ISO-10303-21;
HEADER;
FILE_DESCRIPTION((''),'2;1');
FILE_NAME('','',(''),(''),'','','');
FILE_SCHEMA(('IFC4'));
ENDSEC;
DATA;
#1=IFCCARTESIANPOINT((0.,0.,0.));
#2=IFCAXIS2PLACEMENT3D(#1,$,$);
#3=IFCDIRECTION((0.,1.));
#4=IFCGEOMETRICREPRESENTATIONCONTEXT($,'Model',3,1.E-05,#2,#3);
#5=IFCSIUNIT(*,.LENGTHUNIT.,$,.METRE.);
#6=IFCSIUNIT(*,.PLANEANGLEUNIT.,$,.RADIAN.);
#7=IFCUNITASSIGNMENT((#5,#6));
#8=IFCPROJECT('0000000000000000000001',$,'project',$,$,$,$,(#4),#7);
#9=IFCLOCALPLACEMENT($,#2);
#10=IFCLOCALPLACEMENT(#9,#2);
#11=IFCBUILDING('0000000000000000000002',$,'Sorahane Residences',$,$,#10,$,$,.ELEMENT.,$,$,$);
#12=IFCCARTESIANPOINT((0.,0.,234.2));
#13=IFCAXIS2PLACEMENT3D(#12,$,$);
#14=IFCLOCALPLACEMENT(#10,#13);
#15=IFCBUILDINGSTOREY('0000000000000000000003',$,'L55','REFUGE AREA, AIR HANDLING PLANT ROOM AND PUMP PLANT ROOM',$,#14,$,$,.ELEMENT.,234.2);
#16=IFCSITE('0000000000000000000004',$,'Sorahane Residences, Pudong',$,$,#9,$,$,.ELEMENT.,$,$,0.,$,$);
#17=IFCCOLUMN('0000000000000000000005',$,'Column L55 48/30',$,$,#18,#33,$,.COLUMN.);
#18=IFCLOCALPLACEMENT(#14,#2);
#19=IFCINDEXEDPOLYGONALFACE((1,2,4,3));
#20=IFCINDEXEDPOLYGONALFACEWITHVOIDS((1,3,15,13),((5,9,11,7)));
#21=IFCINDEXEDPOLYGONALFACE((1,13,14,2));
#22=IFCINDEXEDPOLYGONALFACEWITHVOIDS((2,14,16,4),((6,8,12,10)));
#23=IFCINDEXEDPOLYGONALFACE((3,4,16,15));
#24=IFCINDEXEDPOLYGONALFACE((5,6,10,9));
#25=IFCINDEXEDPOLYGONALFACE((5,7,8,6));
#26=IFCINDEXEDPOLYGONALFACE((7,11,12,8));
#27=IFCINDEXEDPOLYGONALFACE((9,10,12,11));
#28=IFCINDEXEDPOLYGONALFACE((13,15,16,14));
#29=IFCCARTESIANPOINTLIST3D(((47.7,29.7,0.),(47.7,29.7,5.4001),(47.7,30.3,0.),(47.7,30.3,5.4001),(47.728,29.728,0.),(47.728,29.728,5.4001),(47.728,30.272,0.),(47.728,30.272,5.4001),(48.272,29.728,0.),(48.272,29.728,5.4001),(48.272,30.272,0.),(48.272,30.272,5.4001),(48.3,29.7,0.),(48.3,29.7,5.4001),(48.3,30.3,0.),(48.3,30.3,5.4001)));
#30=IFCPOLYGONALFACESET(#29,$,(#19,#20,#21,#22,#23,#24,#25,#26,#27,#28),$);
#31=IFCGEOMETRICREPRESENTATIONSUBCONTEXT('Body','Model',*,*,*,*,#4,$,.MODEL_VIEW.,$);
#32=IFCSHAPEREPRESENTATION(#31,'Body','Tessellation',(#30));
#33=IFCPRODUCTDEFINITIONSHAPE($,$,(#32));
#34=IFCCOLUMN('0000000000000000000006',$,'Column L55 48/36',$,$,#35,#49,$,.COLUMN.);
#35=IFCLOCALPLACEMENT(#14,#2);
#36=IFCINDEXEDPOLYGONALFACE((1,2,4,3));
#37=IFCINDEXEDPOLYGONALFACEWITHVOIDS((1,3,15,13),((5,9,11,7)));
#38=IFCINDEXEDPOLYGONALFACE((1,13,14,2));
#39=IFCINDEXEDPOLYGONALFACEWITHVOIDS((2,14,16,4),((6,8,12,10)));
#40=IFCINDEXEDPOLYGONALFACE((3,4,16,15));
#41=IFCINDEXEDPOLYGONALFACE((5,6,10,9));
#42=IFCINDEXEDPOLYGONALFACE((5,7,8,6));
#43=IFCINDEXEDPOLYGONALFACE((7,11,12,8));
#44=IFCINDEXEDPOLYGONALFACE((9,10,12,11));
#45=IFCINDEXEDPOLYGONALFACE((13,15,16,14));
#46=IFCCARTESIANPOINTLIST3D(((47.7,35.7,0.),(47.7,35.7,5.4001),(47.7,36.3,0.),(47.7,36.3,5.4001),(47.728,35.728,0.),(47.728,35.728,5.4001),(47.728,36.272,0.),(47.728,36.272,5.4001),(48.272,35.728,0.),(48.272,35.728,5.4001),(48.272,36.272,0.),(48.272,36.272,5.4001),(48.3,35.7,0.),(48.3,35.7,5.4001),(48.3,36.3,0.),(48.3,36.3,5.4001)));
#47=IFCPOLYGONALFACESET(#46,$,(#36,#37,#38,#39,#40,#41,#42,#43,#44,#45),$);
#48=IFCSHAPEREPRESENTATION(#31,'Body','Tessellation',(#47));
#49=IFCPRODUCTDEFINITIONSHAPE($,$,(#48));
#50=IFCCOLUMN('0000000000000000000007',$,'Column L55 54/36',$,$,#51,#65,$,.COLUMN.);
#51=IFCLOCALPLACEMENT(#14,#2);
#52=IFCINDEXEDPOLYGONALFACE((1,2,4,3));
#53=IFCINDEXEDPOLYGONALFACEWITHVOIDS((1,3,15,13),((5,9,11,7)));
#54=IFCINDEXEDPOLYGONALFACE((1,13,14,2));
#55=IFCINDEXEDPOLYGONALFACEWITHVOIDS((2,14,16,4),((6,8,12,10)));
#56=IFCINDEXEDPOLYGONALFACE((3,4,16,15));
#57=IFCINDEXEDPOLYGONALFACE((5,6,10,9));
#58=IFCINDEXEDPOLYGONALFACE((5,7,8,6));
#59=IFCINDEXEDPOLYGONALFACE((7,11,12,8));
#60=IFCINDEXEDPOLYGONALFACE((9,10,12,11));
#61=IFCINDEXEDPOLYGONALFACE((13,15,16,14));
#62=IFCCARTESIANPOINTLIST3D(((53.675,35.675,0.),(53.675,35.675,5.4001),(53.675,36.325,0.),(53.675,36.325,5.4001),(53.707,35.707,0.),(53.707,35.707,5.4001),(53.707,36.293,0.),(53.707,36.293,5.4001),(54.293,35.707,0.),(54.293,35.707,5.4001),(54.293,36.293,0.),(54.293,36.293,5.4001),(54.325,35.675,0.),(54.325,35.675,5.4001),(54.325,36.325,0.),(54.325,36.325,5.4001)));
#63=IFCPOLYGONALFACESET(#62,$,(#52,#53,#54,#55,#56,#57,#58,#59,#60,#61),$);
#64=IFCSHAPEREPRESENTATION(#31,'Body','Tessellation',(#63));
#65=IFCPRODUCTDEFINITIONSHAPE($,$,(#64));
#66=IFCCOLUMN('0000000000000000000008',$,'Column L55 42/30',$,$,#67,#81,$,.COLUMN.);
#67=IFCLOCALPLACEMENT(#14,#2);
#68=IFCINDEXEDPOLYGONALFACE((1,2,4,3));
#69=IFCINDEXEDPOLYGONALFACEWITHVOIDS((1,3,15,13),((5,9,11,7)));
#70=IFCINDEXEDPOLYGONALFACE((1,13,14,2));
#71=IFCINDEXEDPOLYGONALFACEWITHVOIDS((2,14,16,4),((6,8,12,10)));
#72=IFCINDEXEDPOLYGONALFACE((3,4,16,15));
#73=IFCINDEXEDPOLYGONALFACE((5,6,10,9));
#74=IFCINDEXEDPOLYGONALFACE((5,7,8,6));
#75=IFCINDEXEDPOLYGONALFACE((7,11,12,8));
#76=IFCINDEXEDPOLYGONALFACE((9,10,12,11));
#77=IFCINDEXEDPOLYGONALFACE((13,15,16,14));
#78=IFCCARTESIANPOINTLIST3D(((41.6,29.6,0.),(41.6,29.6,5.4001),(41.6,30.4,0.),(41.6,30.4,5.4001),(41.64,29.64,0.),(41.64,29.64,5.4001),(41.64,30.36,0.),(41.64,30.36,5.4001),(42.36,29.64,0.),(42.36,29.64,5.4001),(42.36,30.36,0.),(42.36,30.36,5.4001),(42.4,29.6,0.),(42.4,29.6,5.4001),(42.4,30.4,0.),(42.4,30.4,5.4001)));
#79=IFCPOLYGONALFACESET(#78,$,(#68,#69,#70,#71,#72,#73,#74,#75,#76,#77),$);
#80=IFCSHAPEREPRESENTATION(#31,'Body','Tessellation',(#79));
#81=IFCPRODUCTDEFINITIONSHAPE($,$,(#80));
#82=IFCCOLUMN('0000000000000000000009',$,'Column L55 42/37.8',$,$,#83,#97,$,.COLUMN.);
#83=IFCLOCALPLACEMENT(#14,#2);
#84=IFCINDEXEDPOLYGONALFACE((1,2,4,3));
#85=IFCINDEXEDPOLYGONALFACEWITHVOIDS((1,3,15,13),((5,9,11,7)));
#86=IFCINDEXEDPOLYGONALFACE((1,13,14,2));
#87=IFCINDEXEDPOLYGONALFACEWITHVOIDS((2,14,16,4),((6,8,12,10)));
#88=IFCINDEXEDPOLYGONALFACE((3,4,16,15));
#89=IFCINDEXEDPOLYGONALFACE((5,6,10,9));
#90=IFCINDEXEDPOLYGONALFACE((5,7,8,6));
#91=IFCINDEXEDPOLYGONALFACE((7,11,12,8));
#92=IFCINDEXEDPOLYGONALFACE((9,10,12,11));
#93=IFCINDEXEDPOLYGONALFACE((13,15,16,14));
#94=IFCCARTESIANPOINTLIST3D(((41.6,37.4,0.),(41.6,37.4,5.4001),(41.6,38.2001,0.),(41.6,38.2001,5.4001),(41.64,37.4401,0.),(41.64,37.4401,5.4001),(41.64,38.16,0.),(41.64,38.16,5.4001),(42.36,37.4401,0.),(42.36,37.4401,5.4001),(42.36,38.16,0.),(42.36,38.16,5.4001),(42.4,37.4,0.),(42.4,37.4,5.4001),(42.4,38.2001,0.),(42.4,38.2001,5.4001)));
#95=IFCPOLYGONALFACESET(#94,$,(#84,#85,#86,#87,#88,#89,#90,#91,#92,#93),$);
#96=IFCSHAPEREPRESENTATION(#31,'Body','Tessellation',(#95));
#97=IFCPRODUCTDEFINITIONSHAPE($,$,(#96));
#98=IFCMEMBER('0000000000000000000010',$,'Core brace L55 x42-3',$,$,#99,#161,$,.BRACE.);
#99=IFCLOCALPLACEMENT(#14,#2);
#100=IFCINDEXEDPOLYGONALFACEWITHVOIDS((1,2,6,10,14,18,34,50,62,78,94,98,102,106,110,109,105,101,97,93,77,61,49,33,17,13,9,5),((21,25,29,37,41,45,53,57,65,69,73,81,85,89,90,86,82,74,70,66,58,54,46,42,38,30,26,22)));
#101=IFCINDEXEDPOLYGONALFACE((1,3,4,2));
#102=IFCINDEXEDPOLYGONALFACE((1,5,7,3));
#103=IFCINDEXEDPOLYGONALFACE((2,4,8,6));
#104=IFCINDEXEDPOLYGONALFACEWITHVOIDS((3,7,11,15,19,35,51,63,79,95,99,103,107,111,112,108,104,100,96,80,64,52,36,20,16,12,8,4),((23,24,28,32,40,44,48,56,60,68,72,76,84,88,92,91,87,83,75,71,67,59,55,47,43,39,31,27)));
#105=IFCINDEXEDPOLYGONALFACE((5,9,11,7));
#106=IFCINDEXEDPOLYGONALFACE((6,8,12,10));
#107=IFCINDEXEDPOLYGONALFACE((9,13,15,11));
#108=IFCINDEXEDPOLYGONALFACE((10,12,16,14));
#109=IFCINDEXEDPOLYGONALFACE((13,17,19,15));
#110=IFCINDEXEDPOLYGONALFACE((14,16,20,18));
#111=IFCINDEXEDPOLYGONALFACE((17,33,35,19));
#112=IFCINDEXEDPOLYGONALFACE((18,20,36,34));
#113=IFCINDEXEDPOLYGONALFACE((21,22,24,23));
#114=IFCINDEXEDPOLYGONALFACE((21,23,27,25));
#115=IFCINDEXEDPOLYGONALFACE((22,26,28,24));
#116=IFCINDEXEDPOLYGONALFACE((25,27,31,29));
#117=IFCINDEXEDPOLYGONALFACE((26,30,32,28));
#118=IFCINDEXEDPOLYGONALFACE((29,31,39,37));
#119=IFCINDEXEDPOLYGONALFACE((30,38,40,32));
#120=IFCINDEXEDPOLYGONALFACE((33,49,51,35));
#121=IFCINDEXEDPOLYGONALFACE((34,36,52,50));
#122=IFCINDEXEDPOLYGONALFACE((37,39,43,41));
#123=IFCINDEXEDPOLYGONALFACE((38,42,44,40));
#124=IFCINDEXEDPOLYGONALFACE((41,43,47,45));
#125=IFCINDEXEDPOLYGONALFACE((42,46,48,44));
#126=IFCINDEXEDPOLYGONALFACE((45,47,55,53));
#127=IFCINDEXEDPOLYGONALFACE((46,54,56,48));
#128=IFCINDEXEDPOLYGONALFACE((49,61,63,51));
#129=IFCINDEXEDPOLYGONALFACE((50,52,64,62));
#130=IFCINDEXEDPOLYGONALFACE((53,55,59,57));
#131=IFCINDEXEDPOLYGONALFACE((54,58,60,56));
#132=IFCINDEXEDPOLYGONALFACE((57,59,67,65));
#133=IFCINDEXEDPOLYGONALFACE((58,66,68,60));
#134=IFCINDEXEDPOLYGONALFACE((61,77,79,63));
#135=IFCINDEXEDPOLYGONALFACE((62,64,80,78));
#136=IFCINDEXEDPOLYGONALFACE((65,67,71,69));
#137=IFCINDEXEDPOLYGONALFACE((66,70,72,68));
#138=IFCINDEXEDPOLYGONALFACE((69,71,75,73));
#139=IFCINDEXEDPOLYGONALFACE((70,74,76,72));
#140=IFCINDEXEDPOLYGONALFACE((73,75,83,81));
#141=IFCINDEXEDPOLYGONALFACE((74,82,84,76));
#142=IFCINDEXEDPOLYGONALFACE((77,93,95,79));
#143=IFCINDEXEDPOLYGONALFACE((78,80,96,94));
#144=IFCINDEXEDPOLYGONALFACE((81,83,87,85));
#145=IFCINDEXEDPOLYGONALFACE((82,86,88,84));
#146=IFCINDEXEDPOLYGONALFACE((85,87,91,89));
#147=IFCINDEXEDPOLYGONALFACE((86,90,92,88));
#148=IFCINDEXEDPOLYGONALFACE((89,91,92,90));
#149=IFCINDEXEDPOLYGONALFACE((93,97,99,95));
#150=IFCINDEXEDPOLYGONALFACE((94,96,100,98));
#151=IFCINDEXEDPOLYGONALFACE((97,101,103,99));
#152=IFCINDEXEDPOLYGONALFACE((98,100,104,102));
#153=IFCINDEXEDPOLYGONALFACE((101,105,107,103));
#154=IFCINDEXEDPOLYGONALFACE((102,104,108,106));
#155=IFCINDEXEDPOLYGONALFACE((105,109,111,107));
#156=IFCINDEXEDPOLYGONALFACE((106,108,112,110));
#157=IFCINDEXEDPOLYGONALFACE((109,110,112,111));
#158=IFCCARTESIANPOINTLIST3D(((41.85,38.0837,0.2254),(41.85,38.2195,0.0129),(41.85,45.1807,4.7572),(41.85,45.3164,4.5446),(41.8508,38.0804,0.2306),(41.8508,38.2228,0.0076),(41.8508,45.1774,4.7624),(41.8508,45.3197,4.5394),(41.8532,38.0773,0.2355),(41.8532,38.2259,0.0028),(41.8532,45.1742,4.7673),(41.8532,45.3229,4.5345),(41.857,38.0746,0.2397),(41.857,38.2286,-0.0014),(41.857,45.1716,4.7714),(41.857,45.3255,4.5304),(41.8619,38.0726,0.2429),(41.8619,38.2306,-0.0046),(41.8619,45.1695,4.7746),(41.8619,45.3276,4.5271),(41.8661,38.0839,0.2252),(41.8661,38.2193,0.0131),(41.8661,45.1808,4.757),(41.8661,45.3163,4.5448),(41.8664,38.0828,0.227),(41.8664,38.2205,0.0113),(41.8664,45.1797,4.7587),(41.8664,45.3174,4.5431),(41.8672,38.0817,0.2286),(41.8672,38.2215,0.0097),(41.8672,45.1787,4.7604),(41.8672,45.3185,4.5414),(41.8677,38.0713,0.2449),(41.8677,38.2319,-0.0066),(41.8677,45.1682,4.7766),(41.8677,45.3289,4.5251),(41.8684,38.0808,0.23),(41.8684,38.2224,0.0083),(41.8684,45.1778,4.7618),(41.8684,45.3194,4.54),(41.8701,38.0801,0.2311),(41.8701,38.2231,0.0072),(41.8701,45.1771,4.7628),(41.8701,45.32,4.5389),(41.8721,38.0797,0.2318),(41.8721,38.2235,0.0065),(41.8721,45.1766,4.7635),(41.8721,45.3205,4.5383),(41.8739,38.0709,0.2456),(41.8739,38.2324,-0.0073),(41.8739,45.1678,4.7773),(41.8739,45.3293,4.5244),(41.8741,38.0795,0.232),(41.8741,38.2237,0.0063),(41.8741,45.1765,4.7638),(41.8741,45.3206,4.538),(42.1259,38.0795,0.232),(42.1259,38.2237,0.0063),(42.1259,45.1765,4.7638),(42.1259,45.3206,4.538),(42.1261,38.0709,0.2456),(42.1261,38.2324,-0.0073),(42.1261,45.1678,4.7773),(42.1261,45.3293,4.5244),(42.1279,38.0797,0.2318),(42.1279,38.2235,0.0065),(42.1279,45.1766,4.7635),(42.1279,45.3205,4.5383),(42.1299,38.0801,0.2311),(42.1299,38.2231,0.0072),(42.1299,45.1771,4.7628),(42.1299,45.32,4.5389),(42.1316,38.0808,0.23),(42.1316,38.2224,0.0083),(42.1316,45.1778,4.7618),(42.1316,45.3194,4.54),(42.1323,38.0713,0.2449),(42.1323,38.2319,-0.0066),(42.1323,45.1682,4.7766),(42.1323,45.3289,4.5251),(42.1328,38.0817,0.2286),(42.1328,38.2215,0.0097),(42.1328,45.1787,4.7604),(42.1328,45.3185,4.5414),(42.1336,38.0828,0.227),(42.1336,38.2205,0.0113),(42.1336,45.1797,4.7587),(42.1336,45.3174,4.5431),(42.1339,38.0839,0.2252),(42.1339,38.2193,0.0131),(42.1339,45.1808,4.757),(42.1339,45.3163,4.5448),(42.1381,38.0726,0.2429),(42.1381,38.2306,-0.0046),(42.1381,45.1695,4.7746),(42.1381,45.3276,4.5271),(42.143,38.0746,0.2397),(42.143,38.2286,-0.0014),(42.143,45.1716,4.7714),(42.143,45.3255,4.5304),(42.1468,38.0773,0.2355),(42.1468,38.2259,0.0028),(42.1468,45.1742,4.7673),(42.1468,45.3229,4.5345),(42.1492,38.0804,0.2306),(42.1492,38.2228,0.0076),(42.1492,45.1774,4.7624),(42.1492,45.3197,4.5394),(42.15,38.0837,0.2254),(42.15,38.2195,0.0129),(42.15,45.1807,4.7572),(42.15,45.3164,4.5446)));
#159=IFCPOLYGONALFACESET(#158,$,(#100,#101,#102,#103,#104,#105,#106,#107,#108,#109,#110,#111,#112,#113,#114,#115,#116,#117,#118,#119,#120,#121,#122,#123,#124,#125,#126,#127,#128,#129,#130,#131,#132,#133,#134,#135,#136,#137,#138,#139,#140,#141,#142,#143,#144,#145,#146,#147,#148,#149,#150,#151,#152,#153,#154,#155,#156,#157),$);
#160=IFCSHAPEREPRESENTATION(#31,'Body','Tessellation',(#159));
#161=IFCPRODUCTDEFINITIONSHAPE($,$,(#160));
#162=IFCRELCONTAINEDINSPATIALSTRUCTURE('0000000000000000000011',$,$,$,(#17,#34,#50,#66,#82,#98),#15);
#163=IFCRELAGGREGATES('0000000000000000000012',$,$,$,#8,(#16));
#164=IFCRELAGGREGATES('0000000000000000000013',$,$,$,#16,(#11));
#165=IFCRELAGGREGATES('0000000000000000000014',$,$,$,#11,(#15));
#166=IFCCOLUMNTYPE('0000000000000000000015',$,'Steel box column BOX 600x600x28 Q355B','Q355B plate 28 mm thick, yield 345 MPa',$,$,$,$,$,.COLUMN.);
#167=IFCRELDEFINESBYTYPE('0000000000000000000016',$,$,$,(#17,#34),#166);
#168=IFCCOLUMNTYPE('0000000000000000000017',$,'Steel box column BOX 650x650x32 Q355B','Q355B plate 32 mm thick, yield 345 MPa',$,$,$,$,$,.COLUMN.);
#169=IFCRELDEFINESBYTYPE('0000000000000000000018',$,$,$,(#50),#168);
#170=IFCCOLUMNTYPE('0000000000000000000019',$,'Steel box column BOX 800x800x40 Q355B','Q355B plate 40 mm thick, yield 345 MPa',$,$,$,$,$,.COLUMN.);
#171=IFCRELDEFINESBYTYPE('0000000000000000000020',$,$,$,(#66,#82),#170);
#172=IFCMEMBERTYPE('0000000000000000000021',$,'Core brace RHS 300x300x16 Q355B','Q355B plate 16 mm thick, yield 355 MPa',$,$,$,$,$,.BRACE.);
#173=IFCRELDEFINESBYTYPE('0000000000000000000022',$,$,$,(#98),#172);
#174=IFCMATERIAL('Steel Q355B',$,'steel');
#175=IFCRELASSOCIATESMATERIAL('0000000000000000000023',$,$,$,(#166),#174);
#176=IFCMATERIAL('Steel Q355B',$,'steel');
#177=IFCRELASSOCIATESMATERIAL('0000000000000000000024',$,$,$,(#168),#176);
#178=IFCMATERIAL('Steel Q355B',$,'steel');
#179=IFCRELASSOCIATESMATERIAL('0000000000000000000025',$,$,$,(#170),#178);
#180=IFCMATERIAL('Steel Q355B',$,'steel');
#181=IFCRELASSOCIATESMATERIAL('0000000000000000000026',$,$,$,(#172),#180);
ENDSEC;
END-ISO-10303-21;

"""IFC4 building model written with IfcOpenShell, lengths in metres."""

from ifc_helpers import new_model, si_unit, direction, frame, origin, origin_2d, place, context, subcontext, project, spatial, hollow_rectangle, extrude, material, material_profile, profile_set, type_object, element, save


model = new_model("IFC4")

# Units and contexts
model_context = context("Model", 3, precision=1e-05, world=origin(), true_north=direction((0.0, 1.0)))
body_context = subcontext(model_context, "Body", "Model", "MODEL_VIEW")
ifc_project = project(units=[si_unit("LENGTHUNIT", "METRE"), si_unit("PLANEANGLEUNIT", "RADIAN")], contexts=[model_context])

# Site, building, storey
site_placement = place(None, origin())
site = spatial("IfcSite", under=ifc_project, at=site_placement, Name="Sorahane Residences, Pudong", CompositionType="ELEMENT", RefElevation=0.0)
building_placement = place(site_placement, origin())
building = spatial("IfcBuilding", under=site, at=building_placement, Name="Sorahane Residences", CompositionType="ELEMENT")
storey_placement = place(building_placement, frame((0.0, 0.0, 234.2)))
storey = spatial("IfcBuildingStorey", under=building, at=storey_placement, Name="L55", Description="REFUGE AREA, AIR HANDLING PLANT ROOM AND PUMP PLANT ROOM", CompositionType="ELEMENT", Elevation=234.2)

# Columns
ifc_material_1 = material(Name="Steel Q355B", Category="steel")
ifc_material_profile_1 = material_profile(ifc_material_1, hollow_rectangle(XDim=0.6001, YDim=0.6001, WallThickness=0.0281, at=origin_2d()), Name="BOX 600x600x28")
ifc_profile_set_1 = profile_set([ifc_material_profile_1], Name="Steel Q355B")
column_type_1 = type_object("IfcColumnType", Name="Steel box column BOX 600x600x28 Q355B", Description="Q355B plate 28 mm thick, yield 345 MPa", PredefinedType="COLUMN", material=ifc_profile_set_1)
for number, where, z_axis, x_axis, name in (
    (1, (48.0, 30.0, 0.0), (0.0, 0.0, 1.0), (1.0, 0.0, 0.0), "Column L55 48/30"),
    (2, (48.0, 36.0, 0.0), (0.0, 0.0, 1.0), (1.0, 0.0, 0.0), "Column L55 48/36"),
):
    element("IfcColumn", number, at=place(storey_placement, frame(where, z_axis=z_axis, x_axis=x_axis)), inside=storey, type_object=column_type_1, Name=name, PredefinedType="COLUMN", context=body_context, shape_type="SweptSolid", body=[
        extrude(hollow_rectangle(XDim=0.6001, YDim=0.6001, WallThickness=0.0281, at=origin_2d()), origin(), (0.0, 0.0, 1.0), 5.4001),
    ])
ifc_material_2 = material(Name="Steel Q355B", Category="steel")
ifc_material_profile_2 = material_profile(ifc_material_2, hollow_rectangle(XDim=0.6499, YDim=0.6499, WallThickness=0.032, at=origin_2d()), Name="BOX 650x650x32")
ifc_profile_set_2 = profile_set([ifc_material_profile_2], Name="Steel Q355B")
column_type_2 = type_object("IfcColumnType", Name="Steel box column BOX 650x650x32 Q355B", Description="Q355B plate 32 mm thick, yield 345 MPa", PredefinedType="COLUMN", material=ifc_profile_set_2)
column_placement = place(storey_placement, frame((54.0, 36.0, 0.0), z_axis=(0.0, 0.0, 1.0), x_axis=(1.0, 0.0, 0.0)))
element("IfcColumn", 3, at=column_placement, inside=storey, type_object=column_type_2, Name="Column L55 54/36", PredefinedType="COLUMN", context=body_context, shape_type="SweptSolid", body=[
    extrude(hollow_rectangle(XDim=0.6499, YDim=0.6499, WallThickness=0.032, at=origin_2d()), origin(), (0.0, 0.0, 1.0), 5.4001),
])
ifc_material_3 = material(Name="Steel Q355B", Category="steel")
ifc_material_profile_3 = material_profile(ifc_material_3, hollow_rectangle(XDim=0.8, YDim=0.8, WallThickness=0.04, at=origin_2d()), Name="BOX 800x800x40")
ifc_profile_set_3 = profile_set([ifc_material_profile_3], Name="Steel Q355B")
column_type_3 = type_object("IfcColumnType", Name="Steel box column BOX 800x800x40 Q355B", Description="Q355B plate 40 mm thick, yield 345 MPa", PredefinedType="COLUMN", material=ifc_profile_set_3)
for number, where, z_axis, x_axis, name in (
    (4, (42.0, 30.0, 0.0), (0.0, 0.0, 1.0), (1.0, 0.0, 0.0), "Column L55 42/30"),
    (5, (42.0, 37.8, 0.0), (0.0, 0.0, 1.0), (1.0, 0.0, 0.0), "Column L55 42/37.8"),
):
    element("IfcColumn", number, at=place(storey_placement, frame(where, z_axis=z_axis, x_axis=x_axis)), inside=storey, type_object=column_type_3, Name=name, PredefinedType="COLUMN", context=body_context, shape_type="SweptSolid", body=[
        extrude(hollow_rectangle(XDim=0.8, YDim=0.8, WallThickness=0.04, at=origin_2d()), origin(), (0.0, 0.0, 1.0), 5.4001),
    ])

# Member
ifc_material_4 = material(Name="Steel Q355B", Category="steel")
ifc_material_profile_4 = material_profile(ifc_material_4, hollow_rectangle(XDim=0.3, YDim=0.3, WallThickness=0.0161, InnerFilletRadius=0.0081, OuterFilletRadius=0.0239, at=origin_2d()), Name="RHS 300x300x16")
ifc_profile_set_4 = profile_set([ifc_material_profile_4], Name="Steel Q355B")
member_type = type_object("IfcMemberType", Name="Core brace RHS 300x300x16 Q355B", Description="Q355B plate 16 mm thick, yield 355 MPa", PredefinedType="BRACE", material=ifc_profile_set_4)
member_placement = place(storey_placement, frame((42.0, 38.1516, 0.1191), z_axis=(0.0, 0.842826, 0.538186), x_axis=(-1.0, 0.0, 0.0)))
element("IfcMember", 6, at=member_placement, inside=storey, type_object=member_type, Name="Core brace L55 x42-3", PredefinedType="BRACE", context=body_context, shape_type="SweptSolid", body=[
    extrude(hollow_rectangle(XDim=0.3, YDim=0.3, WallThickness=0.0161, InnerFilletRadius=0.0081, OuterFilletRadius=0.0239, at=origin_2d()), origin(), (0.0, 0.0, 1.0), 8.4204),
])

save(model, "model.ifc")
